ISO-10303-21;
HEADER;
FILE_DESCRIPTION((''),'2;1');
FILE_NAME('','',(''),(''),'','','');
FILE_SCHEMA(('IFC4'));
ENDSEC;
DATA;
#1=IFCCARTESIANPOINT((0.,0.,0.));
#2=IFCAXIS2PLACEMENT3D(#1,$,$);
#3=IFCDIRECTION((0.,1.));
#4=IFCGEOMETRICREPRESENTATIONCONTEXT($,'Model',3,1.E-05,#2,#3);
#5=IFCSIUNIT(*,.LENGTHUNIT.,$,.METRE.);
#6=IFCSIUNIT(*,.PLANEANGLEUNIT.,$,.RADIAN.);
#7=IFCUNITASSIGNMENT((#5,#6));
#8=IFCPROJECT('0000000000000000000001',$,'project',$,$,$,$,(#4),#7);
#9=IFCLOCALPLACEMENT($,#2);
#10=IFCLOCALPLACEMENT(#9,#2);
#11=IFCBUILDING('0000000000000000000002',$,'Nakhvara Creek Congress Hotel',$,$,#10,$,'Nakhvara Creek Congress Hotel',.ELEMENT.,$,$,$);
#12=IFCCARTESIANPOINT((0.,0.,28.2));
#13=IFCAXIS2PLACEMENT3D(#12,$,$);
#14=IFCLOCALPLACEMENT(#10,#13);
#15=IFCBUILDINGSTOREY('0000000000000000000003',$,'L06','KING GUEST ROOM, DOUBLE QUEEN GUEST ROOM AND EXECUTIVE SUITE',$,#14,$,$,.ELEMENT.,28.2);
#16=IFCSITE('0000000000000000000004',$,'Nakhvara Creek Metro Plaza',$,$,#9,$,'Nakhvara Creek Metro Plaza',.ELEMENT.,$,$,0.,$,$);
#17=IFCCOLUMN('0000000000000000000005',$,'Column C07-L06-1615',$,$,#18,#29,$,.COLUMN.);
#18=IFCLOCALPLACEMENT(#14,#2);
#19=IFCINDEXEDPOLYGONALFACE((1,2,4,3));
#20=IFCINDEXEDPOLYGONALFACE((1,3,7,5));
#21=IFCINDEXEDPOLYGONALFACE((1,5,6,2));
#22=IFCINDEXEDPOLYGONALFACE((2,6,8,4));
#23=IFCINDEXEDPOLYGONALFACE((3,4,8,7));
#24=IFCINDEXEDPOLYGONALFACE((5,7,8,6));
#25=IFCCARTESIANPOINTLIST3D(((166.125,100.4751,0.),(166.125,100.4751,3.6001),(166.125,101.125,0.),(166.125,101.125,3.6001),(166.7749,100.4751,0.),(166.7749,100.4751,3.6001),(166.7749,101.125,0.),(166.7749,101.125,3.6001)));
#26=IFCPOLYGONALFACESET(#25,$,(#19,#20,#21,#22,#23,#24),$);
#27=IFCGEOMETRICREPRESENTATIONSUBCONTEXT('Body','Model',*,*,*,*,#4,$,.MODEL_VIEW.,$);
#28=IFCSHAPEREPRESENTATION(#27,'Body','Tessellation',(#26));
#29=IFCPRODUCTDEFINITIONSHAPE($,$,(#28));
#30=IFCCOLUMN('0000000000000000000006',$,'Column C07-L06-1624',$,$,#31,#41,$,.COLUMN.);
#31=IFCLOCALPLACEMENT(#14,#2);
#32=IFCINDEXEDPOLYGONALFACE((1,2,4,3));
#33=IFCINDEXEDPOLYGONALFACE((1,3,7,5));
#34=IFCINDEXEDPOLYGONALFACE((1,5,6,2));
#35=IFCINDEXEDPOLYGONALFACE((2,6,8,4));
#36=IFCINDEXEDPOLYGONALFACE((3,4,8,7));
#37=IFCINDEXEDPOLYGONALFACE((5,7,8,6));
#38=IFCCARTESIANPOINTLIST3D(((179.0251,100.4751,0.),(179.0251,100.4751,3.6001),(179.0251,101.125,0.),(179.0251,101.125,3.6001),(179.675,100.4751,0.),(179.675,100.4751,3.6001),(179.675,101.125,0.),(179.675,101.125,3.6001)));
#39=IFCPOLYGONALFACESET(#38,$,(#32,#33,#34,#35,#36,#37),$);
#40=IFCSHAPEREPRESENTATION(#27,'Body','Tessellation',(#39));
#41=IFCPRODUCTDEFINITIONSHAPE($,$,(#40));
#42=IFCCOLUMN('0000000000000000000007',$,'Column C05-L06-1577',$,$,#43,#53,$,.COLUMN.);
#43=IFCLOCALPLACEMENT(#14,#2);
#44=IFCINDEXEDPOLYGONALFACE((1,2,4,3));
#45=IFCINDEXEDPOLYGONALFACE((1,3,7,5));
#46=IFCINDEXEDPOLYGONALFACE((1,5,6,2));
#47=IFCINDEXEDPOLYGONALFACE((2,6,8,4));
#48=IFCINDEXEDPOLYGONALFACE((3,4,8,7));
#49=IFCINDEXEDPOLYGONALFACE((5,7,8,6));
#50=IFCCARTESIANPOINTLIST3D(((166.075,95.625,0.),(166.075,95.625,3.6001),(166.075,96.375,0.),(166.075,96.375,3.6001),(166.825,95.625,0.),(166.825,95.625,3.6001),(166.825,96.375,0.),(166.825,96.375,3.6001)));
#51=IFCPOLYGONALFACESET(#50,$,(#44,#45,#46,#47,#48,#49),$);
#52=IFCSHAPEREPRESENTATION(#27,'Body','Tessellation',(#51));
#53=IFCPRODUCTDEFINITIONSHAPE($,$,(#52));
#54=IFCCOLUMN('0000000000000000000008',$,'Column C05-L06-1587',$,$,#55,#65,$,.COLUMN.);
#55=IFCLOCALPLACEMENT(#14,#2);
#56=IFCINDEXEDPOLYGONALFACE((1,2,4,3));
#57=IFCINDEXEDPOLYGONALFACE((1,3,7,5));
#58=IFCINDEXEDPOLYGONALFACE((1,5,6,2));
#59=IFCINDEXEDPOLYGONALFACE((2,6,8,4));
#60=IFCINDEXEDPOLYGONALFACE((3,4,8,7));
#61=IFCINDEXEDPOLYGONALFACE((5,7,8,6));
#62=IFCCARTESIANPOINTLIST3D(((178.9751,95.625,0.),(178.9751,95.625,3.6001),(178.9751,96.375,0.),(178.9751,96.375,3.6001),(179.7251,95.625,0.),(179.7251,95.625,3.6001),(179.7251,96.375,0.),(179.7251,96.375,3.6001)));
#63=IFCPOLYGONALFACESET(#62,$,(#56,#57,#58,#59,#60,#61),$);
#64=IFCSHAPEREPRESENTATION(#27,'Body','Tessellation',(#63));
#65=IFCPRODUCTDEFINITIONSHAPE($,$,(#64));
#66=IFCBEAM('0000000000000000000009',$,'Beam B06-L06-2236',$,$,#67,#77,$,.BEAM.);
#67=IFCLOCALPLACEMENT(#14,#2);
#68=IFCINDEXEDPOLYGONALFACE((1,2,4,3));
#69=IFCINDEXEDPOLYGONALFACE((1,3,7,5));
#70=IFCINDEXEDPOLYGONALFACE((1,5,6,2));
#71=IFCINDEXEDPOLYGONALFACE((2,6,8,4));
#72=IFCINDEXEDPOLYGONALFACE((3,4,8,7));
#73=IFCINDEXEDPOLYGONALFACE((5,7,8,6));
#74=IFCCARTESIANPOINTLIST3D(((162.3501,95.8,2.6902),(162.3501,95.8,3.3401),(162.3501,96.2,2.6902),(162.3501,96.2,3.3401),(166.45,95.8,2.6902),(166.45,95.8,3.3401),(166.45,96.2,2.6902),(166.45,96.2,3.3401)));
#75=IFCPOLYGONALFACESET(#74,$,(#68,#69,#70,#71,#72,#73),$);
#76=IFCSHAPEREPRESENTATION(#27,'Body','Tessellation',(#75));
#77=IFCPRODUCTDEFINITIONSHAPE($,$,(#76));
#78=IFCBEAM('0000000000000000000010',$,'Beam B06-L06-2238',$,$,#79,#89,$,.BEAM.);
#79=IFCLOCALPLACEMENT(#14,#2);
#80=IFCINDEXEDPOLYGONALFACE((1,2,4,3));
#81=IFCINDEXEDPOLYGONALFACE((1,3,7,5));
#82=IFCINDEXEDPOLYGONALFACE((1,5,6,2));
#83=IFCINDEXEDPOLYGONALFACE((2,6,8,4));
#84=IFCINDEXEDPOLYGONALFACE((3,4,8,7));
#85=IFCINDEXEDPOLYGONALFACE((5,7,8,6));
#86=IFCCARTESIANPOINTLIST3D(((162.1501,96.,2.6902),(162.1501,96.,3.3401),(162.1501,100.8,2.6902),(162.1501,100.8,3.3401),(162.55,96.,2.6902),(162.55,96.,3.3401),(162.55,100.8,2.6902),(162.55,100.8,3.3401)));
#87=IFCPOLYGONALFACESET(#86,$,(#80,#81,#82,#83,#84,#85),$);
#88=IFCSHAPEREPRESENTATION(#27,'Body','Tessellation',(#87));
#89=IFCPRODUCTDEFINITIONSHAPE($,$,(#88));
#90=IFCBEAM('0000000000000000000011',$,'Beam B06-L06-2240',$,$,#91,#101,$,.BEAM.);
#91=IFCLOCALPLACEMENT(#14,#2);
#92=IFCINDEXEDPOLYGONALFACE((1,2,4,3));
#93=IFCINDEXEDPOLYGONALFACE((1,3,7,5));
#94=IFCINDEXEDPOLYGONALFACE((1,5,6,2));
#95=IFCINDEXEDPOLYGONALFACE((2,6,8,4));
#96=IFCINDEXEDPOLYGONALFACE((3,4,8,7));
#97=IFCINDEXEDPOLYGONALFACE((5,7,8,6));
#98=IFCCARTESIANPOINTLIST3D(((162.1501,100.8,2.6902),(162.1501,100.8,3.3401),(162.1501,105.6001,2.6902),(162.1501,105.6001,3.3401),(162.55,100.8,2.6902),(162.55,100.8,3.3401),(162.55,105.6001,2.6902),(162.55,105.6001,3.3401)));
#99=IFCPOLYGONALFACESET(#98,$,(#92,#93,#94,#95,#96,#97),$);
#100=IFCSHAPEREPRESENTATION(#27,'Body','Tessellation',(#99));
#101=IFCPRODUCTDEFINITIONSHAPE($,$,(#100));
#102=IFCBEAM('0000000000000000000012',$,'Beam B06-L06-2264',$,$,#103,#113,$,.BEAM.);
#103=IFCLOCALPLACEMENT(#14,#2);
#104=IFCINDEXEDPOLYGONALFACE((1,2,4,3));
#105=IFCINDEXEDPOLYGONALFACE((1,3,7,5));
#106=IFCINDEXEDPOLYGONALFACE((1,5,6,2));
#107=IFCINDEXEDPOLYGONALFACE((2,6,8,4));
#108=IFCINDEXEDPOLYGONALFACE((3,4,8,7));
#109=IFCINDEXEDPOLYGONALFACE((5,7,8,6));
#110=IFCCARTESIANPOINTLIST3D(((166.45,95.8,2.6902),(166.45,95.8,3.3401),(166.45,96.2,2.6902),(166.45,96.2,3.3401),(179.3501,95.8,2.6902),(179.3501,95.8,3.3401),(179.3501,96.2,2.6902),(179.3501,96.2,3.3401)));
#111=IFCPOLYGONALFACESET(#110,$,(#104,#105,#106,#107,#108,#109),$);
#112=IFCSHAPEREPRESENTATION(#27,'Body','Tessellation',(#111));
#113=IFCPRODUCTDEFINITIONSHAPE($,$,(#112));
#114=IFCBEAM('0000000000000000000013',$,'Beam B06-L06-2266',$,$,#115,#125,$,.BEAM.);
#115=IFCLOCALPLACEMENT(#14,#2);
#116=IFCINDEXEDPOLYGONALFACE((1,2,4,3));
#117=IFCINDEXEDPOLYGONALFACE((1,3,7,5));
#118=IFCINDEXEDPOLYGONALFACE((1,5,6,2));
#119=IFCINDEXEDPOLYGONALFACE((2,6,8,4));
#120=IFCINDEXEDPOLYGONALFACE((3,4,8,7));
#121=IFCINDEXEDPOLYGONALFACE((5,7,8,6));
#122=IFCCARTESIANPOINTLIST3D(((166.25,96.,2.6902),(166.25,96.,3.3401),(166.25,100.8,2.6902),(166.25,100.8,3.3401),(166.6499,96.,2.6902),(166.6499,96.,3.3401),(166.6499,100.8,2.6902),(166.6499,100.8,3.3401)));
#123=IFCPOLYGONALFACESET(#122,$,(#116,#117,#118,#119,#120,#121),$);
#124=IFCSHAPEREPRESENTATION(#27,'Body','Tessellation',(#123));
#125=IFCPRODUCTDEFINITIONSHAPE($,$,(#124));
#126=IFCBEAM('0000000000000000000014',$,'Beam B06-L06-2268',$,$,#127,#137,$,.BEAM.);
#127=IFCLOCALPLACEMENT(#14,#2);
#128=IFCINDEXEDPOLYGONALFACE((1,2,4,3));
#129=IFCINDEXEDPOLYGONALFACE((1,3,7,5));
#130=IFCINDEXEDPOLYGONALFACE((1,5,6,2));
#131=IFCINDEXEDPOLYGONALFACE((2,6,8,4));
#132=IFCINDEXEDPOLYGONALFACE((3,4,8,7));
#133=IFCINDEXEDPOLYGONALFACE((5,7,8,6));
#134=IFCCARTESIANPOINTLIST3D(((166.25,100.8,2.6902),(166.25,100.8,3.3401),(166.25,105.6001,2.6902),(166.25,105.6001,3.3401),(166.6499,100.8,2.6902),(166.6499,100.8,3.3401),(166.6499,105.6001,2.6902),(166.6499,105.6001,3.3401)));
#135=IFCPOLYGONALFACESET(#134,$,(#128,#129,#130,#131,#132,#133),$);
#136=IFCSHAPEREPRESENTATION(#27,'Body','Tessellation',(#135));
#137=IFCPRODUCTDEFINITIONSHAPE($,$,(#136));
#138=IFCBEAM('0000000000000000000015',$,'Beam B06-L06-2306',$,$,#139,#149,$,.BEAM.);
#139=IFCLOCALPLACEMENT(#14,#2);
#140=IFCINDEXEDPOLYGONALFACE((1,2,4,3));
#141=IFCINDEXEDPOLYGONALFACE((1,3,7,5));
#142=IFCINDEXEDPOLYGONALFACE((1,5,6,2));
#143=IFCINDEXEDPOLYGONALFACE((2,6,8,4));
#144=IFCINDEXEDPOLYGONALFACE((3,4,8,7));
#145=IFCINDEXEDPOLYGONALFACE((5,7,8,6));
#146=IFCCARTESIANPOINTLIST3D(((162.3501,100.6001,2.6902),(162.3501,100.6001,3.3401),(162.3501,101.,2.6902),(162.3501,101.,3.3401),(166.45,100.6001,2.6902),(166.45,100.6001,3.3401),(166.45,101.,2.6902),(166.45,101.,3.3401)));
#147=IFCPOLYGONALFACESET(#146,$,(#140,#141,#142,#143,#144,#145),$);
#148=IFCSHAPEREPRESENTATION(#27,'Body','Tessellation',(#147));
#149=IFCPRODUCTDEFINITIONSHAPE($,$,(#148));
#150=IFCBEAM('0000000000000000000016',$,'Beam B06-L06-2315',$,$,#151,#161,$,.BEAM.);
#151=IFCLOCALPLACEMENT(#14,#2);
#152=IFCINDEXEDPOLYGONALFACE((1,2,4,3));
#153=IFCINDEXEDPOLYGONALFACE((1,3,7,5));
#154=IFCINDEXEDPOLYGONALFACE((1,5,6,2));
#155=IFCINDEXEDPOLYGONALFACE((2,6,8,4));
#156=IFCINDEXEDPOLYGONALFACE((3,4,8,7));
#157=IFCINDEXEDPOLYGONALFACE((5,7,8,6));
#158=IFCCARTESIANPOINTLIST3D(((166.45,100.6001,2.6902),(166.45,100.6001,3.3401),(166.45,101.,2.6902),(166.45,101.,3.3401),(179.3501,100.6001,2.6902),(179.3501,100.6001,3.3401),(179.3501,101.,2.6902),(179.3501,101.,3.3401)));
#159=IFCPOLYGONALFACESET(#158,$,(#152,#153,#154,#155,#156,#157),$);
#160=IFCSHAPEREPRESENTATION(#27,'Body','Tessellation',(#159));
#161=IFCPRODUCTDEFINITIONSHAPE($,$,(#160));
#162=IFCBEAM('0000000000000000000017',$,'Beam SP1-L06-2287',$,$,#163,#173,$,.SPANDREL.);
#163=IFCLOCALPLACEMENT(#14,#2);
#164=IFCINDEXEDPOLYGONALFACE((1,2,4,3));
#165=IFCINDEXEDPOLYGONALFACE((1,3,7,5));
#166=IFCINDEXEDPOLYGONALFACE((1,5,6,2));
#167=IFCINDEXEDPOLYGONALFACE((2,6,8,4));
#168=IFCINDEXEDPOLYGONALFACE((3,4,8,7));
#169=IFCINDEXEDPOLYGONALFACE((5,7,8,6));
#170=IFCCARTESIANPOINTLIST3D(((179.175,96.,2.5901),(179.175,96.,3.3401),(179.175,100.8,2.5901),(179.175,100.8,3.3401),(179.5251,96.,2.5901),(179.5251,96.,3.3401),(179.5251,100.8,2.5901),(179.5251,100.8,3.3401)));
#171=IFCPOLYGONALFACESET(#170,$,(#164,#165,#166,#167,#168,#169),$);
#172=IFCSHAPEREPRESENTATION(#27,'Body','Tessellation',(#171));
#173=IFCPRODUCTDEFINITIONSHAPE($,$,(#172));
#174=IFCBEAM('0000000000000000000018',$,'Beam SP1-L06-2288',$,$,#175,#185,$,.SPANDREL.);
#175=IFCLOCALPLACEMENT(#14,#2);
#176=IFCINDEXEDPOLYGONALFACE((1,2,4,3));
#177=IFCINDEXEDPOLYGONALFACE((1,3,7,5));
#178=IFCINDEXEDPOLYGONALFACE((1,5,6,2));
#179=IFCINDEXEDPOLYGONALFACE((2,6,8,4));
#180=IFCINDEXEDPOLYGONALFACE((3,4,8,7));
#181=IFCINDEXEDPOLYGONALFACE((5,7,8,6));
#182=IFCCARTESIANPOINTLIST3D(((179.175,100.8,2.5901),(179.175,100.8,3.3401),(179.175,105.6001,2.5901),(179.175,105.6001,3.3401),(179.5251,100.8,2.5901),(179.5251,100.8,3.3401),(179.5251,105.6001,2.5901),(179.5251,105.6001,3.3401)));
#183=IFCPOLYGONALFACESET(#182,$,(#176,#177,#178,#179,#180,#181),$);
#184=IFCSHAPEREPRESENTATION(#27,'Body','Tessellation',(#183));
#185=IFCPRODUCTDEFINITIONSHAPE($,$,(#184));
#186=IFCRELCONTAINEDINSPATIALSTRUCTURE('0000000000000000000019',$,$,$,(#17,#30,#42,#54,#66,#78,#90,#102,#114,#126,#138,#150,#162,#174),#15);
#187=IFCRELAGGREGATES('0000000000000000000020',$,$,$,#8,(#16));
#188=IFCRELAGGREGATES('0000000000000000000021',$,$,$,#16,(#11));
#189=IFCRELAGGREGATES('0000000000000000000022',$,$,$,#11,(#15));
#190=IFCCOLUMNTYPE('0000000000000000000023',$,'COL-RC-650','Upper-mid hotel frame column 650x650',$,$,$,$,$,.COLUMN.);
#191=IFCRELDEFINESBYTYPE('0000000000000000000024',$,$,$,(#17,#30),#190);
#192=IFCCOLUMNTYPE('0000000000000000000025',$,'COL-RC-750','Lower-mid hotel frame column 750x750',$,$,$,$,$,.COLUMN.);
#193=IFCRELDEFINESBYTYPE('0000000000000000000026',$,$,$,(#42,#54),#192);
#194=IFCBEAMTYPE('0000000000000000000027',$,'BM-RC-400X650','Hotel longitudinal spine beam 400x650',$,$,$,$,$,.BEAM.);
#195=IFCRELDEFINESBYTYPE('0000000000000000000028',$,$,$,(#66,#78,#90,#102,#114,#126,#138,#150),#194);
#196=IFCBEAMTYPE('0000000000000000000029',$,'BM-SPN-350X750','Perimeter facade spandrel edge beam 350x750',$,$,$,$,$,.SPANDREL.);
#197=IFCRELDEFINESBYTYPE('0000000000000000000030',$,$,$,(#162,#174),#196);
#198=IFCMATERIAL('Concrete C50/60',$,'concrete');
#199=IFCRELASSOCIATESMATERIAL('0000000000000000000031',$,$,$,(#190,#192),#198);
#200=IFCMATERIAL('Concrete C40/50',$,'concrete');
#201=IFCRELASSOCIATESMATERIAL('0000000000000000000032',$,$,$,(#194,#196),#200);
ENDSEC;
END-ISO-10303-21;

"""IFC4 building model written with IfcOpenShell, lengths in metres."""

from ifc_helpers import new_model, si_unit, direction, frame, origin, origin_2d, place, context, subcontext, project, spatial, rectangle, extrude, material, material_profile, profile_set, type_object, element, save


model = new_model("IFC4")

# Units and contexts
model_context = context("Model", 3, precision=1e-05, world=origin(), true_north=direction((0.0, 1.0)))
body_context = subcontext(model_context, "Body", "Model", "MODEL_VIEW")
ifc_project = project(units=[si_unit("LENGTHUNIT", "METRE"), si_unit("PLANEANGLEUNIT", "RADIAN")], contexts=[model_context])

# Site, building, storey
site_placement = place(None, origin())
site = spatial("IfcSite", under=ifc_project, at=site_placement, Name="Nakhvara Creek Metro Plaza", LongName="Nakhvara Creek Metro Plaza", CompositionType="ELEMENT", RefElevation=0.0)
building_placement = place(site_placement, origin())
building = spatial("IfcBuilding", under=site, at=building_placement, Name="Nakhvara Creek Congress Hotel", LongName="Nakhvara Creek Congress Hotel", CompositionType="ELEMENT")
storey_placement = place(building_placement, frame((0.0, 0.0, 28.2)))
storey = spatial("IfcBuildingStorey", under=building, at=storey_placement, Name="L06", Description="KING GUEST ROOM, DOUBLE QUEEN GUEST ROOM AND EXECUTIVE SUITE", CompositionType="ELEMENT", Elevation=28.2)

# Columns
ifc_material_1 = material(Name="Concrete C50/60", Category="concrete")
ifc_material_profile_1 = material_profile(ifc_material_1, rectangle(XDim=0.6499, YDim=0.6499, at=origin_2d()), Name="RC-COL 650x650", Category="LoadBearing")
ifc_profile_set_1 = profile_set([ifc_material_profile_1], Name="Concrete C50/60")
column_type_1 = type_object("IfcColumnType", Name="COL-RC-650", Description="Upper-mid hotel frame column 650x650", PredefinedType="COLUMN", material=ifc_profile_set_1)
for number, where, z_axis, x_axis, name in (
    (1, (166.45, 100.8, 0.0), (0.0, 0.0, 1.0), (1.0, 0.0, 0.0), "Column C07-L06-1615"),
    (2, (179.3501, 100.8, 0.0), (0.0, 0.0, 1.0), (1.0, 0.0, 0.0), "Column C07-L06-1624"),
):
    element("IfcColumn", number, at=place(storey_placement, frame(where, z_axis=z_axis, x_axis=x_axis)), inside=storey, type_object=column_type_1, Name=name, PredefinedType="COLUMN", context=body_context, shape_type="SweptSolid", body=[
        extrude(rectangle(XDim=0.6499, YDim=0.6499, at=origin_2d()), origin(), (0.0, 0.0, 1.0), 3.6001),
    ])
ifc_material_profile_2 = material_profile(ifc_material_1, rectangle(XDim=0.75, YDim=0.75, at=origin_2d()), Name="RC-COL 750x750", Category="LoadBearing")
ifc_profile_set_2 = profile_set([ifc_material_profile_2], Name="Concrete C50/60")
column_type_2 = type_object("IfcColumnType", Name="COL-RC-750", Description="Lower-mid hotel frame column 750x750", PredefinedType="COLUMN", material=ifc_profile_set_2)
for number, where, z_axis, x_axis, name in (
    (3, (166.45, 96.0, 0.0), (0.0, 0.0, 1.0), (1.0, 0.0, 0.0), "Column C05-L06-1577"),
    (4, (179.3501, 96.0, 0.0), (0.0, 0.0, 1.0), (1.0, 0.0, 0.0), "Column C05-L06-1587"),
):
    element("IfcColumn", number, at=place(storey_placement, frame(where, z_axis=z_axis, x_axis=x_axis)), inside=storey, type_object=column_type_2, Name=name, PredefinedType="COLUMN", context=body_context, shape_type="SweptSolid", body=[
        extrude(rectangle(XDim=0.75, YDim=0.75, at=origin_2d()), origin(), (0.0, 0.0, 1.0), 3.6001),
    ])

# Beams
ifc_material_2 = material(Name="Concrete C40/50", Category="concrete")
ifc_material_profile_3 = material_profile(ifc_material_2, rectangle(XDim=0.3999, YDim=0.6499, at=origin_2d()), Name="RC-BM 400x650", Category="LoadBearing")
ifc_profile_set_3 = profile_set([ifc_material_profile_3], Name="Concrete C40/50")
beam_type_1 = type_object("IfcBeamType", Name="BM-RC-400X650", Description="Hotel longitudinal spine beam 400x650", PredefinedType="BEAM", material=ifc_profile_set_3)
beam_1_placement = place(storey_placement, frame((162.3501, 96.0, 3.0151), z_axis=(1.0, 0.0, 0.0), x_axis=(0.0, 1.0, 0.0)))
element("IfcBeam", 5, at=beam_1_placement, inside=storey, type_object=beam_type_1, Name="Beam B06-L06-2236", PredefinedType="BEAM", context=body_context, shape_type="SweptSolid", body=[
    extrude(rectangle(XDim=0.3999, YDim=0.6499, at=origin_2d()), origin(), (0.0, 0.0, 1.0), 4.0999),
])
for number, where, z_axis, x_axis, name in (
    (6, (162.3501, 96.0, 3.0151), (0.0, 1.0, 0.0), (-1.0, 0.0, 0.0), "Beam B06-L06-2238"),
    (7, (162.3501, 100.8, 3.0151), (0.0, 1.0, 0.0), (-1.0, 0.0, 0.0), "Beam B06-L06-2240"),
):
    element("IfcBeam", number, at=place(storey_placement, frame(where, z_axis=z_axis, x_axis=x_axis)), inside=storey, type_object=beam_type_1, Name=name, PredefinedType="BEAM", context=body_context, shape_type="SweptSolid", body=[
        extrude(rectangle(XDim=0.3999, YDim=0.6499, at=origin_2d()), origin(), (0.0, 0.0, 1.0), 4.8),
    ])
beam_2_placement = place(storey_placement, frame((166.45, 96.0, 3.0151), z_axis=(1.0, 0.0, 0.0), x_axis=(0.0, 1.0, 0.0)))
element("IfcBeam", 8, at=beam_2_placement, inside=storey, type_object=beam_type_1, Name="Beam B06-L06-2264", PredefinedType="BEAM", context=body_context, shape_type="SweptSolid", body=[
    extrude(rectangle(XDim=0.3999, YDim=0.6499, at=origin_2d()), origin(), (0.0, 0.0, 1.0), 12.9001),
])
for number, where, z_axis, x_axis, name in (
    (9, (166.45, 96.0, 3.0151), (0.0, 1.0, 0.0), (-1.0, 0.0, 0.0), "Beam B06-L06-2266"),
    (10, (166.45, 100.8, 3.0151), (0.0, 1.0, 0.0), (-1.0, 0.0, 0.0), "Beam B06-L06-2268"),
):
    element("IfcBeam", number, at=place(storey_placement, frame(where, z_axis=z_axis, x_axis=x_axis)), inside=storey, type_object=beam_type_1, Name=name, PredefinedType="BEAM", context=body_context, shape_type="SweptSolid", body=[
        extrude(rectangle(XDim=0.3999, YDim=0.6499, at=origin_2d()), origin(), (0.0, 0.0, 1.0), 4.8),
    ])
beam_3_placement = place(storey_placement, frame((162.3501, 100.8, 3.0151), z_axis=(1.0, 0.0, 0.0), x_axis=(0.0, 1.0, 0.0)))
element("IfcBeam", 11, at=beam_3_placement, inside=storey, type_object=beam_type_1, Name="Beam B06-L06-2306", PredefinedType="BEAM", context=body_context, shape_type="SweptSolid", body=[
    extrude(rectangle(XDim=0.3999, YDim=0.6499, at=origin_2d()), origin(), (0.0, 0.0, 1.0), 4.0999),
])
beam_4_placement = place(storey_placement, frame((166.45, 100.8, 3.0151), z_axis=(1.0, 0.0, 0.0), x_axis=(0.0, 1.0, 0.0)))
element("IfcBeam", 12, at=beam_4_placement, inside=storey, type_object=beam_type_1, Name="Beam B06-L06-2315", PredefinedType="BEAM", context=body_context, shape_type="SweptSolid", body=[
    extrude(rectangle(XDim=0.3999, YDim=0.6499, at=origin_2d()), origin(), (0.0, 0.0, 1.0), 12.9001),
])
ifc_material_profile_4 = material_profile(ifc_material_2, rectangle(XDim=0.3501, YDim=0.75, at=origin_2d()), Name="RC-SPANDREL 350x750", Category="LoadBearing")
ifc_profile_set_4 = profile_set([ifc_material_profile_4], Name="Concrete C40/50")
beam_type_2 = type_object("IfcBeamType", Name="BM-SPN-350X750", Description="Perimeter facade spandrel edge beam 350x750", PredefinedType="SPANDREL", material=ifc_profile_set_4)
for number, where, z_axis, x_axis, name in (
    (13, (179.3501, 96.0, 2.9651), (0.0, 1.0, 0.0), (-1.0, 0.0, 0.0), "Beam SP1-L06-2287"),
    (14, (179.3501, 100.8, 2.9651), (0.0, 1.0, 0.0), (-1.0, 0.0, 0.0), "Beam SP1-L06-2288"),
):
    element("IfcBeam", number, at=place(storey_placement, frame(where, z_axis=z_axis, x_axis=x_axis)), inside=storey, type_object=beam_type_2, Name=name, PredefinedType="SPANDREL", context=body_context, shape_type="SweptSolid", body=[
        extrude(rectangle(XDim=0.3501, YDim=0.75, at=origin_2d()), origin(), (0.0, 0.0, 1.0), 4.8),
    ])

save(model, "model.ifc")
